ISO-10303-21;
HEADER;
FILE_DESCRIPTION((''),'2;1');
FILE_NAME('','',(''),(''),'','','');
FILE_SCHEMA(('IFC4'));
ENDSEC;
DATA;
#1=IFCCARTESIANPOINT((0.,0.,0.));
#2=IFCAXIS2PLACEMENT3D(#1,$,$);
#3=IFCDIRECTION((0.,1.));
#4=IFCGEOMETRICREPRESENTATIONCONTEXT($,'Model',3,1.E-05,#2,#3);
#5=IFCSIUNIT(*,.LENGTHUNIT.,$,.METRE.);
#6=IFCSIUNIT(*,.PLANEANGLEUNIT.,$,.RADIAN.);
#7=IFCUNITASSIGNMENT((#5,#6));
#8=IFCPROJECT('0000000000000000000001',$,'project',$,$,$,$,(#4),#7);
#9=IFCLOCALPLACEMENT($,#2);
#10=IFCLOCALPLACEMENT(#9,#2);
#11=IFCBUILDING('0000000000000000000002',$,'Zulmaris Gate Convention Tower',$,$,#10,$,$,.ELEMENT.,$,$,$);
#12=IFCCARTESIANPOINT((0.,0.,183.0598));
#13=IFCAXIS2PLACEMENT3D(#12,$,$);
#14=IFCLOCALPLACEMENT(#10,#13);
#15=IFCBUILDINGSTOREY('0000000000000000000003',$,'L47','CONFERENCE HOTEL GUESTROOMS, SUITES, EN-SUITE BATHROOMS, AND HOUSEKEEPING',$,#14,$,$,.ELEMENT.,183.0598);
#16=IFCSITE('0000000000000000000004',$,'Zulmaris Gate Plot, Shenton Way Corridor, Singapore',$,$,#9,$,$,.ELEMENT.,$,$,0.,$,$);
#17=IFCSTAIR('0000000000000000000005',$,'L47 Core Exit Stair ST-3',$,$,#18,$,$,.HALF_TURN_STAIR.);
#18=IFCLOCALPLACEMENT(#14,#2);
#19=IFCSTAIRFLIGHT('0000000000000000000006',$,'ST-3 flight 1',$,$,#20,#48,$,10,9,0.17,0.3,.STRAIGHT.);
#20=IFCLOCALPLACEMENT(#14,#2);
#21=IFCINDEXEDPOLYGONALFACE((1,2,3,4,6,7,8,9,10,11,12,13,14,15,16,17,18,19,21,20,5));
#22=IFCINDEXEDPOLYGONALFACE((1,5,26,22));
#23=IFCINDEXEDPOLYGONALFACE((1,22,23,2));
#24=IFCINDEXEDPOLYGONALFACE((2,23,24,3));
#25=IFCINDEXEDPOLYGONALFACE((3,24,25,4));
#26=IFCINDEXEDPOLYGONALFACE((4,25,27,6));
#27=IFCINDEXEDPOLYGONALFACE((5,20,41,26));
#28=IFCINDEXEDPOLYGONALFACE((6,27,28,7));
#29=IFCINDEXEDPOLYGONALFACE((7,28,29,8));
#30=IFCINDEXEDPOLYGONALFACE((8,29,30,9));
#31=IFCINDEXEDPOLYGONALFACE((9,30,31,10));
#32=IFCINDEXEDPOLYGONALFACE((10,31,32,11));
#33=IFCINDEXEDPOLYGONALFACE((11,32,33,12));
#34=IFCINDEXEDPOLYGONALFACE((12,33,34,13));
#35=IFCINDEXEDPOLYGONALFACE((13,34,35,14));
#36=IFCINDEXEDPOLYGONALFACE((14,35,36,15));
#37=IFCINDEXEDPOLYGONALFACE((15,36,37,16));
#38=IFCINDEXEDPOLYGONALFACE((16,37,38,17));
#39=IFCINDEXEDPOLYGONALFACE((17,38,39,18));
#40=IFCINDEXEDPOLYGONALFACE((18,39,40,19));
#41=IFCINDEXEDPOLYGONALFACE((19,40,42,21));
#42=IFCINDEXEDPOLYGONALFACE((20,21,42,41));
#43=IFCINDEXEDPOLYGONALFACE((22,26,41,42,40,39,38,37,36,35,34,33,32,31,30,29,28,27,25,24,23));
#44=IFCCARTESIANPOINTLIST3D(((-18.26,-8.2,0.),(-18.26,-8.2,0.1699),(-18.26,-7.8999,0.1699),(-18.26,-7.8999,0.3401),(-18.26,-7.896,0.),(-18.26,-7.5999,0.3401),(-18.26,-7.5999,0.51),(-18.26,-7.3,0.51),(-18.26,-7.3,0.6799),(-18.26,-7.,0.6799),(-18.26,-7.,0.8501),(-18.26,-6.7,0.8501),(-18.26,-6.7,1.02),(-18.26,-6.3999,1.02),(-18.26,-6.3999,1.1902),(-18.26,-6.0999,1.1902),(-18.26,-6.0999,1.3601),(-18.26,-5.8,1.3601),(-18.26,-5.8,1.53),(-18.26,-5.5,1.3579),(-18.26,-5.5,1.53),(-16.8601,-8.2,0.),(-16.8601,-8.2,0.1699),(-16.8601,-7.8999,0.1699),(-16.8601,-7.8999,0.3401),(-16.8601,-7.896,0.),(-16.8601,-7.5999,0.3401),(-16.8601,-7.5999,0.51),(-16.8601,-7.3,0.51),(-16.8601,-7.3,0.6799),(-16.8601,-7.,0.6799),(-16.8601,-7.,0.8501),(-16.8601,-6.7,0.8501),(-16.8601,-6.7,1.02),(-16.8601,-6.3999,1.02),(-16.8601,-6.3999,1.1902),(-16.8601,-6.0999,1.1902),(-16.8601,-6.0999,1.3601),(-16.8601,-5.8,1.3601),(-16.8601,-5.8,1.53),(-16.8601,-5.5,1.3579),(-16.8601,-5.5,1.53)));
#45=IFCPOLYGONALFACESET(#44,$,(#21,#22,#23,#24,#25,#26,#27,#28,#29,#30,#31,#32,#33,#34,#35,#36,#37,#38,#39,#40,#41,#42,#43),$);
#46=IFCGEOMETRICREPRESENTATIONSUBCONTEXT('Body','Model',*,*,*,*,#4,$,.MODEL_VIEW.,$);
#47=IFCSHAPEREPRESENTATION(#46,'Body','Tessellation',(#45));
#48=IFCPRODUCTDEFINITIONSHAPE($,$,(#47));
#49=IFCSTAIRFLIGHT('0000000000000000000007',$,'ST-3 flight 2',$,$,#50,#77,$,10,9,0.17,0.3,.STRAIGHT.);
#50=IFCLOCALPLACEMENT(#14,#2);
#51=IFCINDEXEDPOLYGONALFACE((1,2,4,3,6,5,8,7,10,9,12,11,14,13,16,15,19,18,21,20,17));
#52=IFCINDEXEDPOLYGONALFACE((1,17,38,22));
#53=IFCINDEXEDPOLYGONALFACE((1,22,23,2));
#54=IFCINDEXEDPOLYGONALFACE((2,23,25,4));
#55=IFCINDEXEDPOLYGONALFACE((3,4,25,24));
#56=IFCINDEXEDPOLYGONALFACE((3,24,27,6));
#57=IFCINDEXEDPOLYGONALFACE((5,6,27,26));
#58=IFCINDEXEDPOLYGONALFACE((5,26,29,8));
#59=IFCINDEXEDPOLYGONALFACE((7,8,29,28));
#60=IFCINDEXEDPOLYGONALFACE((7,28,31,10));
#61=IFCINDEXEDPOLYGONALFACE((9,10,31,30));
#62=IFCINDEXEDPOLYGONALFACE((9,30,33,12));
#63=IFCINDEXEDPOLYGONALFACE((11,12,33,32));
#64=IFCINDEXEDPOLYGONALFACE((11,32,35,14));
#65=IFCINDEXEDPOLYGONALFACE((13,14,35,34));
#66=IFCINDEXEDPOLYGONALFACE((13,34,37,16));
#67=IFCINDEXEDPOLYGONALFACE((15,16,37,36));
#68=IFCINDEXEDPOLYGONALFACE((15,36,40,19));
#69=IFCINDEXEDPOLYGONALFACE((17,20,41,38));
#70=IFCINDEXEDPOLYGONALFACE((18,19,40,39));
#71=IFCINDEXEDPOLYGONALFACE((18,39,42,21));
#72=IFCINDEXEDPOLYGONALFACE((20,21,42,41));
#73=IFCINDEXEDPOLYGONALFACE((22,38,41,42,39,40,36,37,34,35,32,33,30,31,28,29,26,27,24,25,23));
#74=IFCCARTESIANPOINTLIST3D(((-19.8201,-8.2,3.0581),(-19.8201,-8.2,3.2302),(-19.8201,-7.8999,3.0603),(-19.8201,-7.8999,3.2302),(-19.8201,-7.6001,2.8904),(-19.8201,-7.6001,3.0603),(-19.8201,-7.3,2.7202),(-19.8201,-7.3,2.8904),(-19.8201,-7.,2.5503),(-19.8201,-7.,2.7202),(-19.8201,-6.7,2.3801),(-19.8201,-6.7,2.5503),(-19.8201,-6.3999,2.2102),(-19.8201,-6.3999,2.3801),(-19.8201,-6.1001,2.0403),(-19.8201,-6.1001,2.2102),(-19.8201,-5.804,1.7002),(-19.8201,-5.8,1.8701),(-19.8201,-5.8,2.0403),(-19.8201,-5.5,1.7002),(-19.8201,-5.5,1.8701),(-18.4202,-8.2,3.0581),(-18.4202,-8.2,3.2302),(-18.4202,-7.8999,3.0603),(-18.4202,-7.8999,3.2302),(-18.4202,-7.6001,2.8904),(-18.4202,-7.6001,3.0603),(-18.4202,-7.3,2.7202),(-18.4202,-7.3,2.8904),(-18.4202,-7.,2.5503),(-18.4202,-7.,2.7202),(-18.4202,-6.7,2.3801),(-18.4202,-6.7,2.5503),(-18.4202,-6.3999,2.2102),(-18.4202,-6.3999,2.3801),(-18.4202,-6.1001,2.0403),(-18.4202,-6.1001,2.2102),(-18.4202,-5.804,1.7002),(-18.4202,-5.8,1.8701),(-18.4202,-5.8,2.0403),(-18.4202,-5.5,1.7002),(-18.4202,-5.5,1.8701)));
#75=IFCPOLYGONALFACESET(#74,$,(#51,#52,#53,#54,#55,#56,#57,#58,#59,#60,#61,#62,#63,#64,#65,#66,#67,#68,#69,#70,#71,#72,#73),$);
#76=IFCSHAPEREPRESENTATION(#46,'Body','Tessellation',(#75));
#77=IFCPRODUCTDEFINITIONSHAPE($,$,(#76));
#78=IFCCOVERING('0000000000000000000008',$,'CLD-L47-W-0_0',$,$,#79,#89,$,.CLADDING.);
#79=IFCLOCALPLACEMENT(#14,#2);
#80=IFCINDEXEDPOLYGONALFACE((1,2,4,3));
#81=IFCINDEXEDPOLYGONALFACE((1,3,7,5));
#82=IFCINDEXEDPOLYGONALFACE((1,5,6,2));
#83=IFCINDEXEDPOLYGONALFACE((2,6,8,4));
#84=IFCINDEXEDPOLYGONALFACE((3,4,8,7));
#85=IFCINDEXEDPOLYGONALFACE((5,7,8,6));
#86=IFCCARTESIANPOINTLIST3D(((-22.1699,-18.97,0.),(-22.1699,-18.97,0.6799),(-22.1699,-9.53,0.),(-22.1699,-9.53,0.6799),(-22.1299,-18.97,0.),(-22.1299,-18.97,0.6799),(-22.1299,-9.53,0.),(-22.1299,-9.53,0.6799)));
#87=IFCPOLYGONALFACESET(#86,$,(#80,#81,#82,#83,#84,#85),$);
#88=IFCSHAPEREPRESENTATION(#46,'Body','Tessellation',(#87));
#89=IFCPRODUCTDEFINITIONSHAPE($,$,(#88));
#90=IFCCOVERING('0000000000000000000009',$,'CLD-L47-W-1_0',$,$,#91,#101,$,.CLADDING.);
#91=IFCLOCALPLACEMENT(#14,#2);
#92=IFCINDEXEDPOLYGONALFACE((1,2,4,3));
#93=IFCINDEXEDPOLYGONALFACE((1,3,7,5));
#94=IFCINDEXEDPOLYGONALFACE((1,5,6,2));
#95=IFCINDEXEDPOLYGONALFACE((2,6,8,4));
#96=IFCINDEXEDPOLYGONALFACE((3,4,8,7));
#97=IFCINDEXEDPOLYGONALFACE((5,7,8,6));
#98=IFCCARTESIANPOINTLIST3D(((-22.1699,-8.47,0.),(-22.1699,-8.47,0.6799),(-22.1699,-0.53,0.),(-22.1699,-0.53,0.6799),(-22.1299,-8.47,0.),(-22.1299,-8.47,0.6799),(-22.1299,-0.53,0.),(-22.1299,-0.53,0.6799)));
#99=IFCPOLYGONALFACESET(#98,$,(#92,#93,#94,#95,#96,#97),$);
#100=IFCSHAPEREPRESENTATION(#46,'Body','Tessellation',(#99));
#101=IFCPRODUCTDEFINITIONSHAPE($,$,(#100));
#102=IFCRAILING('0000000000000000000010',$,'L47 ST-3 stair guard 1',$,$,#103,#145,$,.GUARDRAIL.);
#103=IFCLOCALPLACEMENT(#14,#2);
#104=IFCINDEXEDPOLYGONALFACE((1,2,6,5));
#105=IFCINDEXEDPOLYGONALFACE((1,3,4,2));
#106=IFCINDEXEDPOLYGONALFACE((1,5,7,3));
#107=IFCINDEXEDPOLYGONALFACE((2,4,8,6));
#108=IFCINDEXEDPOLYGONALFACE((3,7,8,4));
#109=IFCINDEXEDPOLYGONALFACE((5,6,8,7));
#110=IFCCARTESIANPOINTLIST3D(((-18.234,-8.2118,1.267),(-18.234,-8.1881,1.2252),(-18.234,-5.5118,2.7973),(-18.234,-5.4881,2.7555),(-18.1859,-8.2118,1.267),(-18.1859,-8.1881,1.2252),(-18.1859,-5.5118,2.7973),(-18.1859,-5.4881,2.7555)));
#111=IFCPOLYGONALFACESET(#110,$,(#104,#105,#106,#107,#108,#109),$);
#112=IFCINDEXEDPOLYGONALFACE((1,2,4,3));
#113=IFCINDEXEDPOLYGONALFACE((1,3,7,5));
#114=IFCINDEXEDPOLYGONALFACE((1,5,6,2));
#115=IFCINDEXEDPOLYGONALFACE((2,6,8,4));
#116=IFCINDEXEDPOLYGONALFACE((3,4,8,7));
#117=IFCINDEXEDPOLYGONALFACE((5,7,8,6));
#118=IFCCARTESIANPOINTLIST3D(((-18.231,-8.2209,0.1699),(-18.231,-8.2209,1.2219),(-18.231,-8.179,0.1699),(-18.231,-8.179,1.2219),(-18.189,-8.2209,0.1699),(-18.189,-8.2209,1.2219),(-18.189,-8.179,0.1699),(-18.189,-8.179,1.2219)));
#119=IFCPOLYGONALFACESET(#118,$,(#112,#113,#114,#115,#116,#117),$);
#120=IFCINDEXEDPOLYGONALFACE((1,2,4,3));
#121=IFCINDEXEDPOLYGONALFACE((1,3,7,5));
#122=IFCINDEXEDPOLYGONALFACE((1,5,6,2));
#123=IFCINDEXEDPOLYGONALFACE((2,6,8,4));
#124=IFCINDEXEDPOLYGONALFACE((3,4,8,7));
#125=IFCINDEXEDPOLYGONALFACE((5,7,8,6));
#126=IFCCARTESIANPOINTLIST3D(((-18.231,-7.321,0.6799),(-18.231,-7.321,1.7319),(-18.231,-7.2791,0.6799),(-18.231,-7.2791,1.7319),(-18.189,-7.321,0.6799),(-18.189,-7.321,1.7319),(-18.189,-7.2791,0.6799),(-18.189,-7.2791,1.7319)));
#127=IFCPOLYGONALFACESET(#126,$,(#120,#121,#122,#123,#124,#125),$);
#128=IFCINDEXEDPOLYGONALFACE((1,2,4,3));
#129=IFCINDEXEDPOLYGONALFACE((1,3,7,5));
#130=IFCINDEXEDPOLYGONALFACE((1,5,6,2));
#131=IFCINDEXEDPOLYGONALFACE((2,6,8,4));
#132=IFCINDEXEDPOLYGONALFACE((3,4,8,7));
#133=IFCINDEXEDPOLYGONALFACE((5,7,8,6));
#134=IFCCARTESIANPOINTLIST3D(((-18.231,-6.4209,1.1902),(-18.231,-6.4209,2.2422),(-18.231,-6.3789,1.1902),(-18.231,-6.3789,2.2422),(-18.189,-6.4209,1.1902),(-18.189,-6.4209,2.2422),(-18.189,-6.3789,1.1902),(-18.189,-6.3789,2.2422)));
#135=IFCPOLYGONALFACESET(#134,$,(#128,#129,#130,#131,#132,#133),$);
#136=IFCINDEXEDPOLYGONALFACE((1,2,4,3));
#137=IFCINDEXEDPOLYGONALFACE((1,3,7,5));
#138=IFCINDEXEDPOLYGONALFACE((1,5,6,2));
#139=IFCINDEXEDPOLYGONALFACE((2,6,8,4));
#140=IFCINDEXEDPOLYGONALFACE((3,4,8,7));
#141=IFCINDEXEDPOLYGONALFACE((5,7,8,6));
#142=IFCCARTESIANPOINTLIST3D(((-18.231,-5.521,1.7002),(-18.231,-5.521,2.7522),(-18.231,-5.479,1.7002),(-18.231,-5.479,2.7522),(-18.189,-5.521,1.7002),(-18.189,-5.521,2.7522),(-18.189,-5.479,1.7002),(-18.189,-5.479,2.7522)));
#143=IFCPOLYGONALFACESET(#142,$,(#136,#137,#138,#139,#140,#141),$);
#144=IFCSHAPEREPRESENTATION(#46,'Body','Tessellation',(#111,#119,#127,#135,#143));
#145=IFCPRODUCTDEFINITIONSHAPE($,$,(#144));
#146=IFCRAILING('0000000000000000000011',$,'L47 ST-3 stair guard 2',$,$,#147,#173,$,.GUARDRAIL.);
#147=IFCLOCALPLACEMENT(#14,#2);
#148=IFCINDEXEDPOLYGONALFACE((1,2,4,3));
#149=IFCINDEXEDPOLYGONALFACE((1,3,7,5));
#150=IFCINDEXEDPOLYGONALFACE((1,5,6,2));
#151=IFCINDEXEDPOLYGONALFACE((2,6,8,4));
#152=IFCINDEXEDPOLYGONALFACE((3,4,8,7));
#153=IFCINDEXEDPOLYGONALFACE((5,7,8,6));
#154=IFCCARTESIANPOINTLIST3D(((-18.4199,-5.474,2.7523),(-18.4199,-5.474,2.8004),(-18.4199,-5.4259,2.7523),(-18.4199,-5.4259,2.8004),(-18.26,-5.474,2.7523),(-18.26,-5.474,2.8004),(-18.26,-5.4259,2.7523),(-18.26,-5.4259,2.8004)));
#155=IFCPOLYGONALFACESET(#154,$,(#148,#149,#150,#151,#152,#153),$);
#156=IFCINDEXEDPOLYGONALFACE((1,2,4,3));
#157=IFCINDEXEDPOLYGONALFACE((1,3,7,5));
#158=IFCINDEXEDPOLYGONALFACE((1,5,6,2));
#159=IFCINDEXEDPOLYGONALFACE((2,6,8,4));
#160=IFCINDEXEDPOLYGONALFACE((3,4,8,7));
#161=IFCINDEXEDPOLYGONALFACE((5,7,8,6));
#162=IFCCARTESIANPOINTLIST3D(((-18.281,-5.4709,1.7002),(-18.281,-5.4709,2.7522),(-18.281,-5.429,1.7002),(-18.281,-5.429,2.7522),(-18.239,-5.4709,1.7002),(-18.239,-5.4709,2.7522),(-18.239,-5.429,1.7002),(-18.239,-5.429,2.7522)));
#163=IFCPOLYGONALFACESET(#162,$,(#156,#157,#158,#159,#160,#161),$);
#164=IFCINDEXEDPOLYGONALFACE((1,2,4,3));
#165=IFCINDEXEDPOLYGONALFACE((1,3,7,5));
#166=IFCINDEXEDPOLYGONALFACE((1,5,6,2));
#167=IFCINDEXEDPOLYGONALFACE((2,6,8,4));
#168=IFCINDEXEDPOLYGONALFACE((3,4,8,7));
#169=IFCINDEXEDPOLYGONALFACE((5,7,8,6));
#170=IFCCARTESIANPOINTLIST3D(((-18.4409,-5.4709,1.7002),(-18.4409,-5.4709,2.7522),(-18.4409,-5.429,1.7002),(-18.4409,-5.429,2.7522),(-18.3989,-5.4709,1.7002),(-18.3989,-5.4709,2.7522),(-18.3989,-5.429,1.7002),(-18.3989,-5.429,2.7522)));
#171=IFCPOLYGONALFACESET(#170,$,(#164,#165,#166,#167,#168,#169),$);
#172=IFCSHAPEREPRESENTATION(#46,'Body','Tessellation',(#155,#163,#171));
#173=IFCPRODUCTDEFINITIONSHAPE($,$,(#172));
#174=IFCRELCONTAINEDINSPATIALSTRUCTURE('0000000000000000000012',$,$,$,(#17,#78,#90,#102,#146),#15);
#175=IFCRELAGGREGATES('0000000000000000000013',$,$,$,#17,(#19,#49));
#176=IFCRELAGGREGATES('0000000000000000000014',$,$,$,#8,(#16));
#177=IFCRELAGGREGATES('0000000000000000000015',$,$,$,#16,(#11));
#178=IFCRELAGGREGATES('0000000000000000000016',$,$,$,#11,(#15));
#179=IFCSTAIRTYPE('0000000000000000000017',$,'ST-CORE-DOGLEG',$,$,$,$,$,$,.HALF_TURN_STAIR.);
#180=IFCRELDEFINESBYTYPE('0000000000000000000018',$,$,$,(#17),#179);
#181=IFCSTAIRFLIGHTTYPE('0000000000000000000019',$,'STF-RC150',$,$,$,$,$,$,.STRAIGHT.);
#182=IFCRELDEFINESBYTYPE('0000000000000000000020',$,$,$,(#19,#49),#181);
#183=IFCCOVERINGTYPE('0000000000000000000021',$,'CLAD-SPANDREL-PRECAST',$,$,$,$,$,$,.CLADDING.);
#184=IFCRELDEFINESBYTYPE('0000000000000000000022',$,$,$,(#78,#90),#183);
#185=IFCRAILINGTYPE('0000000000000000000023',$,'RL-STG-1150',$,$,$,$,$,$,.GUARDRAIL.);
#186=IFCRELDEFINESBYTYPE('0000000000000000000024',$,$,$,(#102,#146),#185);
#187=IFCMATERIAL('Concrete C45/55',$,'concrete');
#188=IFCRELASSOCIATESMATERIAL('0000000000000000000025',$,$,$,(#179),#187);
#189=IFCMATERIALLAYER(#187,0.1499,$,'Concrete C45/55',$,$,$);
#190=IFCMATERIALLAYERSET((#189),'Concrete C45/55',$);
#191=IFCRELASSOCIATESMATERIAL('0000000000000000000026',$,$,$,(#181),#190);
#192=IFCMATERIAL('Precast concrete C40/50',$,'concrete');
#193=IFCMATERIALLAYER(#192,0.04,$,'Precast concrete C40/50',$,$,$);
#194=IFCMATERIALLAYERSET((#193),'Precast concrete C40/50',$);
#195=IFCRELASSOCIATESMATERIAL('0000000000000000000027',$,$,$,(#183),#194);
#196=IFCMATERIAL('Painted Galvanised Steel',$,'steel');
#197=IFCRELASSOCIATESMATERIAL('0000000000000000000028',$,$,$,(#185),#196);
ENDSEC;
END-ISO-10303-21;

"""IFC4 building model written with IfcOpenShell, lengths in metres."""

from ifc_helpers import new_model, si_unit, direction, frame, frame_2d, origin, origin_2d, place, context, subcontext, project, spatial, polyline, rectangle, outline, extrude, material, layer, layer_set, type_object, element, aggregate, save


model = new_model("IFC4")

# Units and contexts
model_context = context("Model", 3, precision=1e-05, world=origin(), true_north=direction((0.0, 1.0)))
body_context = subcontext(model_context, "Body", "Model", "MODEL_VIEW")
ifc_project = project(units=[si_unit("LENGTHUNIT", "METRE"), si_unit("PLANEANGLEUNIT", "RADIAN")], contexts=[model_context])

# Site, building, storey
site_placement = place(None, origin())
site = spatial("IfcSite", under=ifc_project, at=site_placement, Name="Zulmaris Gate Plot, Shenton Way Corridor, Singapore", CompositionType="ELEMENT", RefElevation=0.0)
building_placement = place(site_placement, origin())
building = spatial("IfcBuilding", under=site, at=building_placement, Name="Zulmaris Gate Convention Tower", CompositionType="ELEMENT")
storey_placement = place(building_placement, frame((0.0, 0.0, 183.0598)))
storey = spatial("IfcBuildingStorey", under=building, at=storey_placement, Name="L47", Description="CONFERENCE HOTEL GUESTROOMS, SUITES, EN-SUITE BATHROOMS, AND HOUSEKEEPING", CompositionType="ELEMENT", Elevation=183.0598)

# Shared definitions
ifc_material_1 = material(Name="Precast concrete C40/50", Category="concrete")

# Stair, stair flights
ifc_material_2 = material(Name="Concrete C45/55", Category="concrete")
stair_type = type_object("IfcStairType", Name="ST-CORE-DOGLEG", PredefinedType="HALF_TURN_STAIR", material=ifc_material_2)
stair_placement = place(storey_placement, origin())
stair = element("IfcStair", 1, at=stair_placement, inside=storey, type_object=stair_type, Name="L47 Core Exit Stair ST-3", PredefinedType="HALF_TURN_STAIR")
ifc_layer_1 = layer(ifc_material_2, 0.1499, Name="Concrete C45/55")
ifc_layer_set_1 = layer_set([ifc_layer_1], Name="Concrete C45/55")
stair_flight_type = type_object("IfcStairFlightType", Name="STF-RC150", PredefinedType="STRAIGHT", material=ifc_layer_set_1)
stair_flight_1_placement = place(storey_placement, frame((-17.5601, -8.2, 0.0), z_axis=(0.0, 0.0, 1.0), x_axis=(0.0, 1.0, 0.0)))
stair_flight_1 = element("IfcStairFlight", 2, at=stair_flight_1_placement, type_object=stair_flight_type, Name="ST-3 flight 1", NumberOfRisers=10, NumberOfTreads=9, PredefinedType="STRAIGHT", RiserHeight=0.17, TreadLength=0.3, context=body_context, shape_type="SweptSolid", body=[
    extrude(outline(polyline([(0.0, 0.0), (0.0, 0.1699), (0.3, 0.1699), (0.3, 0.3401), (0.6001, 0.3401), (0.6001, 0.51), (0.8999, 0.51), (0.8999, 0.6799), (1.2, 0.6799), (1.2, 0.8501), (1.5, 0.8501), (1.5, 1.02), (1.8, 1.02), (1.8, 1.1902), (2.1001, 1.1902), (2.1001, 1.3601), (2.3999, 1.3601), (2.3999, 1.53), (2.7, 1.53), (2.7, 1.7002), (2.7, 1.3579), (0.304, 0.0), (0.0, 0.0)])), frame((0.0, 0.7, 0.0), z_axis=(0.0, -1.0, 0.0), x_axis=(1.0, 0.0, 0.0)), (0.0, 0.0, 1.0), 1.3999),
])
stair_flight_2_placement = place(storey_placement, frame((-19.1201, -5.5, 1.7002), z_axis=(0.0, 0.0, 1.0), x_axis=(0.0, -1.0, 0.0)))
stair_flight_2 = element("IfcStairFlight", 3, at=stair_flight_2_placement, type_object=stair_flight_type, Name="ST-3 flight 2", NumberOfRisers=10, NumberOfTreads=9, PredefinedType="STRAIGHT", RiserHeight=0.17, TreadLength=0.3, context=body_context, shape_type="SweptSolid", body=[
    extrude(outline(polyline([(0.0, 0.0), (0.0, 0.1699), (0.3, 0.1699), (0.3, 0.3401), (0.6001, 0.3401), (0.6001, 0.51), (0.8999, 0.51), (0.8999, 0.6799), (1.2, 0.6799), (1.2, 0.8501), (1.5, 0.8501), (1.5, 1.02), (1.8, 1.02), (1.8, 1.1902), (2.1001, 1.1902), (2.1001, 1.3601), (2.3999, 1.3601), (2.3999, 1.53), (2.7, 1.53), (2.7, 1.7002), (2.7, 1.3579), (0.304, 0.0), (0.0, 0.0)])), frame((0.0, 0.7, 0.0), z_axis=(0.0, -1.0, 0.0), x_axis=(1.0, 0.0, 0.0)), (0.0, 0.0, 1.0), 1.3999),
])
aggregate(stair, [stair_flight_1, stair_flight_2])

# Coverings
ifc_layer_2 = layer(ifc_material_1, 0.04, Name="Precast concrete C40/50")
ifc_layer_set_2 = layer_set([ifc_layer_2], Name="Precast concrete C40/50")
covering_type = type_object("IfcCoveringType", Name="CLAD-SPANDREL-PRECAST", PredefinedType="CLADDING", material=ifc_layer_set_2)
covering_1_placement = place(storey_placement, frame((-22.1499, -9.53, 0.0), z_axis=(0.0, 0.0, 1.0), x_axis=(0.0, -1.0, 0.0)))
element("IfcCovering", 4, at=covering_1_placement, inside=storey, type_object=covering_type, Name="CLD-L47-W-0_0", PredefinedType="CLADDING", context=body_context, shape_type="SweptSolid", body=[
    extrude(rectangle(XDim=9.4399, YDim=0.04, at=frame_2d((4.72, 0.0))), origin(), (0.0, 0.0, 1.0), 0.6799),
])
covering_2_placement = place(storey_placement, frame((-22.1499, -0.53, 0.0), z_axis=(0.0, 0.0, 1.0), x_axis=(0.0, -1.0, 0.0)))
element("IfcCovering", 5, at=covering_2_placement, inside=storey, type_object=covering_type, Name="CLD-L47-W-1_0", PredefinedType="CLADDING", context=body_context, shape_type="SweptSolid", body=[
    extrude(rectangle(XDim=7.9399, YDim=0.04, at=frame_2d((3.97, 0.0))), origin(), (0.0, 0.0, 1.0), 0.6799),
])

# Railings
ifc_material_3 = material(Name="Painted Galvanised Steel", Category="steel")
railing_type_1 = type_object("IfcRailingType", Name="RL-STG-1150", PredefinedType="GUARDRAIL", material=ifc_material_3)
railing_1_placement = place(storey_placement, frame((-18.21, -8.2, 0.1699)))
element("IfcRailing", 6, at=railing_1_placement, inside=storey, type_object=railing_type_1, Name="L47 ST-3 stair guard 1", PredefinedType="GUARDRAIL", context=body_context, shape_type="SweptSolid", body=[
    extrude(rectangle(XDim=0.0481, YDim=0.0481, at=origin_2d()), frame((0.0, 0.0, 1.0762), z_axis=(0.0, 0.869981, 0.493086), x_axis=(-1.0, 0.0, 0.0)), (0.0, 0.0, 1.0), 3.1035),
    extrude(rectangle(XDim=0.042, YDim=0.042, at=origin_2d()), origin(), (0.0, 0.0, 1.0), 1.052),
    extrude(rectangle(XDim=0.042, YDim=0.042, at=origin_2d()), frame((0.0, 0.8999, 0.51)), (0.0, 0.0, 1.0), 1.052),
    extrude(rectangle(XDim=0.042, YDim=0.042, at=origin_2d()), frame((0.0, 1.8, 1.0203)), (0.0, 0.0, 1.0), 1.052),
    extrude(rectangle(XDim=0.042, YDim=0.042, at=origin_2d()), frame((0.0, 2.7, 1.5303)), (0.0, 0.0, 1.0), 1.052),
])
railing_2_placement = place(storey_placement, frame((-18.26, -5.45, 1.7002)))
element("IfcRailing", 7, at=railing_2_placement, inside=storey, type_object=railing_type_1, Name="L47 ST-3 stair guard 2", PredefinedType="GUARDRAIL", context=body_context, shape_type="SweptSolid", body=[
    extrude(rectangle(XDim=0.0481, YDim=0.0481, at=origin_2d()), frame((0.0, 0.0, 1.0762), z_axis=(-1.0, 0.0, 0.0), x_axis=(0.0, -1.0, 0.0)), (0.0, 0.0, 1.0), 0.1599),
    extrude(rectangle(XDim=0.042, YDim=0.042, at=origin_2d()), origin(), (0.0, 0.0, 1.0), 1.052),
    extrude(rectangle(XDim=0.042, YDim=0.042, at=origin_2d()), frame((-0.1599, 0.0, 0.0)), (0.0, 0.0, 1.0), 1.052),
])

save(model, "model.ifc")
